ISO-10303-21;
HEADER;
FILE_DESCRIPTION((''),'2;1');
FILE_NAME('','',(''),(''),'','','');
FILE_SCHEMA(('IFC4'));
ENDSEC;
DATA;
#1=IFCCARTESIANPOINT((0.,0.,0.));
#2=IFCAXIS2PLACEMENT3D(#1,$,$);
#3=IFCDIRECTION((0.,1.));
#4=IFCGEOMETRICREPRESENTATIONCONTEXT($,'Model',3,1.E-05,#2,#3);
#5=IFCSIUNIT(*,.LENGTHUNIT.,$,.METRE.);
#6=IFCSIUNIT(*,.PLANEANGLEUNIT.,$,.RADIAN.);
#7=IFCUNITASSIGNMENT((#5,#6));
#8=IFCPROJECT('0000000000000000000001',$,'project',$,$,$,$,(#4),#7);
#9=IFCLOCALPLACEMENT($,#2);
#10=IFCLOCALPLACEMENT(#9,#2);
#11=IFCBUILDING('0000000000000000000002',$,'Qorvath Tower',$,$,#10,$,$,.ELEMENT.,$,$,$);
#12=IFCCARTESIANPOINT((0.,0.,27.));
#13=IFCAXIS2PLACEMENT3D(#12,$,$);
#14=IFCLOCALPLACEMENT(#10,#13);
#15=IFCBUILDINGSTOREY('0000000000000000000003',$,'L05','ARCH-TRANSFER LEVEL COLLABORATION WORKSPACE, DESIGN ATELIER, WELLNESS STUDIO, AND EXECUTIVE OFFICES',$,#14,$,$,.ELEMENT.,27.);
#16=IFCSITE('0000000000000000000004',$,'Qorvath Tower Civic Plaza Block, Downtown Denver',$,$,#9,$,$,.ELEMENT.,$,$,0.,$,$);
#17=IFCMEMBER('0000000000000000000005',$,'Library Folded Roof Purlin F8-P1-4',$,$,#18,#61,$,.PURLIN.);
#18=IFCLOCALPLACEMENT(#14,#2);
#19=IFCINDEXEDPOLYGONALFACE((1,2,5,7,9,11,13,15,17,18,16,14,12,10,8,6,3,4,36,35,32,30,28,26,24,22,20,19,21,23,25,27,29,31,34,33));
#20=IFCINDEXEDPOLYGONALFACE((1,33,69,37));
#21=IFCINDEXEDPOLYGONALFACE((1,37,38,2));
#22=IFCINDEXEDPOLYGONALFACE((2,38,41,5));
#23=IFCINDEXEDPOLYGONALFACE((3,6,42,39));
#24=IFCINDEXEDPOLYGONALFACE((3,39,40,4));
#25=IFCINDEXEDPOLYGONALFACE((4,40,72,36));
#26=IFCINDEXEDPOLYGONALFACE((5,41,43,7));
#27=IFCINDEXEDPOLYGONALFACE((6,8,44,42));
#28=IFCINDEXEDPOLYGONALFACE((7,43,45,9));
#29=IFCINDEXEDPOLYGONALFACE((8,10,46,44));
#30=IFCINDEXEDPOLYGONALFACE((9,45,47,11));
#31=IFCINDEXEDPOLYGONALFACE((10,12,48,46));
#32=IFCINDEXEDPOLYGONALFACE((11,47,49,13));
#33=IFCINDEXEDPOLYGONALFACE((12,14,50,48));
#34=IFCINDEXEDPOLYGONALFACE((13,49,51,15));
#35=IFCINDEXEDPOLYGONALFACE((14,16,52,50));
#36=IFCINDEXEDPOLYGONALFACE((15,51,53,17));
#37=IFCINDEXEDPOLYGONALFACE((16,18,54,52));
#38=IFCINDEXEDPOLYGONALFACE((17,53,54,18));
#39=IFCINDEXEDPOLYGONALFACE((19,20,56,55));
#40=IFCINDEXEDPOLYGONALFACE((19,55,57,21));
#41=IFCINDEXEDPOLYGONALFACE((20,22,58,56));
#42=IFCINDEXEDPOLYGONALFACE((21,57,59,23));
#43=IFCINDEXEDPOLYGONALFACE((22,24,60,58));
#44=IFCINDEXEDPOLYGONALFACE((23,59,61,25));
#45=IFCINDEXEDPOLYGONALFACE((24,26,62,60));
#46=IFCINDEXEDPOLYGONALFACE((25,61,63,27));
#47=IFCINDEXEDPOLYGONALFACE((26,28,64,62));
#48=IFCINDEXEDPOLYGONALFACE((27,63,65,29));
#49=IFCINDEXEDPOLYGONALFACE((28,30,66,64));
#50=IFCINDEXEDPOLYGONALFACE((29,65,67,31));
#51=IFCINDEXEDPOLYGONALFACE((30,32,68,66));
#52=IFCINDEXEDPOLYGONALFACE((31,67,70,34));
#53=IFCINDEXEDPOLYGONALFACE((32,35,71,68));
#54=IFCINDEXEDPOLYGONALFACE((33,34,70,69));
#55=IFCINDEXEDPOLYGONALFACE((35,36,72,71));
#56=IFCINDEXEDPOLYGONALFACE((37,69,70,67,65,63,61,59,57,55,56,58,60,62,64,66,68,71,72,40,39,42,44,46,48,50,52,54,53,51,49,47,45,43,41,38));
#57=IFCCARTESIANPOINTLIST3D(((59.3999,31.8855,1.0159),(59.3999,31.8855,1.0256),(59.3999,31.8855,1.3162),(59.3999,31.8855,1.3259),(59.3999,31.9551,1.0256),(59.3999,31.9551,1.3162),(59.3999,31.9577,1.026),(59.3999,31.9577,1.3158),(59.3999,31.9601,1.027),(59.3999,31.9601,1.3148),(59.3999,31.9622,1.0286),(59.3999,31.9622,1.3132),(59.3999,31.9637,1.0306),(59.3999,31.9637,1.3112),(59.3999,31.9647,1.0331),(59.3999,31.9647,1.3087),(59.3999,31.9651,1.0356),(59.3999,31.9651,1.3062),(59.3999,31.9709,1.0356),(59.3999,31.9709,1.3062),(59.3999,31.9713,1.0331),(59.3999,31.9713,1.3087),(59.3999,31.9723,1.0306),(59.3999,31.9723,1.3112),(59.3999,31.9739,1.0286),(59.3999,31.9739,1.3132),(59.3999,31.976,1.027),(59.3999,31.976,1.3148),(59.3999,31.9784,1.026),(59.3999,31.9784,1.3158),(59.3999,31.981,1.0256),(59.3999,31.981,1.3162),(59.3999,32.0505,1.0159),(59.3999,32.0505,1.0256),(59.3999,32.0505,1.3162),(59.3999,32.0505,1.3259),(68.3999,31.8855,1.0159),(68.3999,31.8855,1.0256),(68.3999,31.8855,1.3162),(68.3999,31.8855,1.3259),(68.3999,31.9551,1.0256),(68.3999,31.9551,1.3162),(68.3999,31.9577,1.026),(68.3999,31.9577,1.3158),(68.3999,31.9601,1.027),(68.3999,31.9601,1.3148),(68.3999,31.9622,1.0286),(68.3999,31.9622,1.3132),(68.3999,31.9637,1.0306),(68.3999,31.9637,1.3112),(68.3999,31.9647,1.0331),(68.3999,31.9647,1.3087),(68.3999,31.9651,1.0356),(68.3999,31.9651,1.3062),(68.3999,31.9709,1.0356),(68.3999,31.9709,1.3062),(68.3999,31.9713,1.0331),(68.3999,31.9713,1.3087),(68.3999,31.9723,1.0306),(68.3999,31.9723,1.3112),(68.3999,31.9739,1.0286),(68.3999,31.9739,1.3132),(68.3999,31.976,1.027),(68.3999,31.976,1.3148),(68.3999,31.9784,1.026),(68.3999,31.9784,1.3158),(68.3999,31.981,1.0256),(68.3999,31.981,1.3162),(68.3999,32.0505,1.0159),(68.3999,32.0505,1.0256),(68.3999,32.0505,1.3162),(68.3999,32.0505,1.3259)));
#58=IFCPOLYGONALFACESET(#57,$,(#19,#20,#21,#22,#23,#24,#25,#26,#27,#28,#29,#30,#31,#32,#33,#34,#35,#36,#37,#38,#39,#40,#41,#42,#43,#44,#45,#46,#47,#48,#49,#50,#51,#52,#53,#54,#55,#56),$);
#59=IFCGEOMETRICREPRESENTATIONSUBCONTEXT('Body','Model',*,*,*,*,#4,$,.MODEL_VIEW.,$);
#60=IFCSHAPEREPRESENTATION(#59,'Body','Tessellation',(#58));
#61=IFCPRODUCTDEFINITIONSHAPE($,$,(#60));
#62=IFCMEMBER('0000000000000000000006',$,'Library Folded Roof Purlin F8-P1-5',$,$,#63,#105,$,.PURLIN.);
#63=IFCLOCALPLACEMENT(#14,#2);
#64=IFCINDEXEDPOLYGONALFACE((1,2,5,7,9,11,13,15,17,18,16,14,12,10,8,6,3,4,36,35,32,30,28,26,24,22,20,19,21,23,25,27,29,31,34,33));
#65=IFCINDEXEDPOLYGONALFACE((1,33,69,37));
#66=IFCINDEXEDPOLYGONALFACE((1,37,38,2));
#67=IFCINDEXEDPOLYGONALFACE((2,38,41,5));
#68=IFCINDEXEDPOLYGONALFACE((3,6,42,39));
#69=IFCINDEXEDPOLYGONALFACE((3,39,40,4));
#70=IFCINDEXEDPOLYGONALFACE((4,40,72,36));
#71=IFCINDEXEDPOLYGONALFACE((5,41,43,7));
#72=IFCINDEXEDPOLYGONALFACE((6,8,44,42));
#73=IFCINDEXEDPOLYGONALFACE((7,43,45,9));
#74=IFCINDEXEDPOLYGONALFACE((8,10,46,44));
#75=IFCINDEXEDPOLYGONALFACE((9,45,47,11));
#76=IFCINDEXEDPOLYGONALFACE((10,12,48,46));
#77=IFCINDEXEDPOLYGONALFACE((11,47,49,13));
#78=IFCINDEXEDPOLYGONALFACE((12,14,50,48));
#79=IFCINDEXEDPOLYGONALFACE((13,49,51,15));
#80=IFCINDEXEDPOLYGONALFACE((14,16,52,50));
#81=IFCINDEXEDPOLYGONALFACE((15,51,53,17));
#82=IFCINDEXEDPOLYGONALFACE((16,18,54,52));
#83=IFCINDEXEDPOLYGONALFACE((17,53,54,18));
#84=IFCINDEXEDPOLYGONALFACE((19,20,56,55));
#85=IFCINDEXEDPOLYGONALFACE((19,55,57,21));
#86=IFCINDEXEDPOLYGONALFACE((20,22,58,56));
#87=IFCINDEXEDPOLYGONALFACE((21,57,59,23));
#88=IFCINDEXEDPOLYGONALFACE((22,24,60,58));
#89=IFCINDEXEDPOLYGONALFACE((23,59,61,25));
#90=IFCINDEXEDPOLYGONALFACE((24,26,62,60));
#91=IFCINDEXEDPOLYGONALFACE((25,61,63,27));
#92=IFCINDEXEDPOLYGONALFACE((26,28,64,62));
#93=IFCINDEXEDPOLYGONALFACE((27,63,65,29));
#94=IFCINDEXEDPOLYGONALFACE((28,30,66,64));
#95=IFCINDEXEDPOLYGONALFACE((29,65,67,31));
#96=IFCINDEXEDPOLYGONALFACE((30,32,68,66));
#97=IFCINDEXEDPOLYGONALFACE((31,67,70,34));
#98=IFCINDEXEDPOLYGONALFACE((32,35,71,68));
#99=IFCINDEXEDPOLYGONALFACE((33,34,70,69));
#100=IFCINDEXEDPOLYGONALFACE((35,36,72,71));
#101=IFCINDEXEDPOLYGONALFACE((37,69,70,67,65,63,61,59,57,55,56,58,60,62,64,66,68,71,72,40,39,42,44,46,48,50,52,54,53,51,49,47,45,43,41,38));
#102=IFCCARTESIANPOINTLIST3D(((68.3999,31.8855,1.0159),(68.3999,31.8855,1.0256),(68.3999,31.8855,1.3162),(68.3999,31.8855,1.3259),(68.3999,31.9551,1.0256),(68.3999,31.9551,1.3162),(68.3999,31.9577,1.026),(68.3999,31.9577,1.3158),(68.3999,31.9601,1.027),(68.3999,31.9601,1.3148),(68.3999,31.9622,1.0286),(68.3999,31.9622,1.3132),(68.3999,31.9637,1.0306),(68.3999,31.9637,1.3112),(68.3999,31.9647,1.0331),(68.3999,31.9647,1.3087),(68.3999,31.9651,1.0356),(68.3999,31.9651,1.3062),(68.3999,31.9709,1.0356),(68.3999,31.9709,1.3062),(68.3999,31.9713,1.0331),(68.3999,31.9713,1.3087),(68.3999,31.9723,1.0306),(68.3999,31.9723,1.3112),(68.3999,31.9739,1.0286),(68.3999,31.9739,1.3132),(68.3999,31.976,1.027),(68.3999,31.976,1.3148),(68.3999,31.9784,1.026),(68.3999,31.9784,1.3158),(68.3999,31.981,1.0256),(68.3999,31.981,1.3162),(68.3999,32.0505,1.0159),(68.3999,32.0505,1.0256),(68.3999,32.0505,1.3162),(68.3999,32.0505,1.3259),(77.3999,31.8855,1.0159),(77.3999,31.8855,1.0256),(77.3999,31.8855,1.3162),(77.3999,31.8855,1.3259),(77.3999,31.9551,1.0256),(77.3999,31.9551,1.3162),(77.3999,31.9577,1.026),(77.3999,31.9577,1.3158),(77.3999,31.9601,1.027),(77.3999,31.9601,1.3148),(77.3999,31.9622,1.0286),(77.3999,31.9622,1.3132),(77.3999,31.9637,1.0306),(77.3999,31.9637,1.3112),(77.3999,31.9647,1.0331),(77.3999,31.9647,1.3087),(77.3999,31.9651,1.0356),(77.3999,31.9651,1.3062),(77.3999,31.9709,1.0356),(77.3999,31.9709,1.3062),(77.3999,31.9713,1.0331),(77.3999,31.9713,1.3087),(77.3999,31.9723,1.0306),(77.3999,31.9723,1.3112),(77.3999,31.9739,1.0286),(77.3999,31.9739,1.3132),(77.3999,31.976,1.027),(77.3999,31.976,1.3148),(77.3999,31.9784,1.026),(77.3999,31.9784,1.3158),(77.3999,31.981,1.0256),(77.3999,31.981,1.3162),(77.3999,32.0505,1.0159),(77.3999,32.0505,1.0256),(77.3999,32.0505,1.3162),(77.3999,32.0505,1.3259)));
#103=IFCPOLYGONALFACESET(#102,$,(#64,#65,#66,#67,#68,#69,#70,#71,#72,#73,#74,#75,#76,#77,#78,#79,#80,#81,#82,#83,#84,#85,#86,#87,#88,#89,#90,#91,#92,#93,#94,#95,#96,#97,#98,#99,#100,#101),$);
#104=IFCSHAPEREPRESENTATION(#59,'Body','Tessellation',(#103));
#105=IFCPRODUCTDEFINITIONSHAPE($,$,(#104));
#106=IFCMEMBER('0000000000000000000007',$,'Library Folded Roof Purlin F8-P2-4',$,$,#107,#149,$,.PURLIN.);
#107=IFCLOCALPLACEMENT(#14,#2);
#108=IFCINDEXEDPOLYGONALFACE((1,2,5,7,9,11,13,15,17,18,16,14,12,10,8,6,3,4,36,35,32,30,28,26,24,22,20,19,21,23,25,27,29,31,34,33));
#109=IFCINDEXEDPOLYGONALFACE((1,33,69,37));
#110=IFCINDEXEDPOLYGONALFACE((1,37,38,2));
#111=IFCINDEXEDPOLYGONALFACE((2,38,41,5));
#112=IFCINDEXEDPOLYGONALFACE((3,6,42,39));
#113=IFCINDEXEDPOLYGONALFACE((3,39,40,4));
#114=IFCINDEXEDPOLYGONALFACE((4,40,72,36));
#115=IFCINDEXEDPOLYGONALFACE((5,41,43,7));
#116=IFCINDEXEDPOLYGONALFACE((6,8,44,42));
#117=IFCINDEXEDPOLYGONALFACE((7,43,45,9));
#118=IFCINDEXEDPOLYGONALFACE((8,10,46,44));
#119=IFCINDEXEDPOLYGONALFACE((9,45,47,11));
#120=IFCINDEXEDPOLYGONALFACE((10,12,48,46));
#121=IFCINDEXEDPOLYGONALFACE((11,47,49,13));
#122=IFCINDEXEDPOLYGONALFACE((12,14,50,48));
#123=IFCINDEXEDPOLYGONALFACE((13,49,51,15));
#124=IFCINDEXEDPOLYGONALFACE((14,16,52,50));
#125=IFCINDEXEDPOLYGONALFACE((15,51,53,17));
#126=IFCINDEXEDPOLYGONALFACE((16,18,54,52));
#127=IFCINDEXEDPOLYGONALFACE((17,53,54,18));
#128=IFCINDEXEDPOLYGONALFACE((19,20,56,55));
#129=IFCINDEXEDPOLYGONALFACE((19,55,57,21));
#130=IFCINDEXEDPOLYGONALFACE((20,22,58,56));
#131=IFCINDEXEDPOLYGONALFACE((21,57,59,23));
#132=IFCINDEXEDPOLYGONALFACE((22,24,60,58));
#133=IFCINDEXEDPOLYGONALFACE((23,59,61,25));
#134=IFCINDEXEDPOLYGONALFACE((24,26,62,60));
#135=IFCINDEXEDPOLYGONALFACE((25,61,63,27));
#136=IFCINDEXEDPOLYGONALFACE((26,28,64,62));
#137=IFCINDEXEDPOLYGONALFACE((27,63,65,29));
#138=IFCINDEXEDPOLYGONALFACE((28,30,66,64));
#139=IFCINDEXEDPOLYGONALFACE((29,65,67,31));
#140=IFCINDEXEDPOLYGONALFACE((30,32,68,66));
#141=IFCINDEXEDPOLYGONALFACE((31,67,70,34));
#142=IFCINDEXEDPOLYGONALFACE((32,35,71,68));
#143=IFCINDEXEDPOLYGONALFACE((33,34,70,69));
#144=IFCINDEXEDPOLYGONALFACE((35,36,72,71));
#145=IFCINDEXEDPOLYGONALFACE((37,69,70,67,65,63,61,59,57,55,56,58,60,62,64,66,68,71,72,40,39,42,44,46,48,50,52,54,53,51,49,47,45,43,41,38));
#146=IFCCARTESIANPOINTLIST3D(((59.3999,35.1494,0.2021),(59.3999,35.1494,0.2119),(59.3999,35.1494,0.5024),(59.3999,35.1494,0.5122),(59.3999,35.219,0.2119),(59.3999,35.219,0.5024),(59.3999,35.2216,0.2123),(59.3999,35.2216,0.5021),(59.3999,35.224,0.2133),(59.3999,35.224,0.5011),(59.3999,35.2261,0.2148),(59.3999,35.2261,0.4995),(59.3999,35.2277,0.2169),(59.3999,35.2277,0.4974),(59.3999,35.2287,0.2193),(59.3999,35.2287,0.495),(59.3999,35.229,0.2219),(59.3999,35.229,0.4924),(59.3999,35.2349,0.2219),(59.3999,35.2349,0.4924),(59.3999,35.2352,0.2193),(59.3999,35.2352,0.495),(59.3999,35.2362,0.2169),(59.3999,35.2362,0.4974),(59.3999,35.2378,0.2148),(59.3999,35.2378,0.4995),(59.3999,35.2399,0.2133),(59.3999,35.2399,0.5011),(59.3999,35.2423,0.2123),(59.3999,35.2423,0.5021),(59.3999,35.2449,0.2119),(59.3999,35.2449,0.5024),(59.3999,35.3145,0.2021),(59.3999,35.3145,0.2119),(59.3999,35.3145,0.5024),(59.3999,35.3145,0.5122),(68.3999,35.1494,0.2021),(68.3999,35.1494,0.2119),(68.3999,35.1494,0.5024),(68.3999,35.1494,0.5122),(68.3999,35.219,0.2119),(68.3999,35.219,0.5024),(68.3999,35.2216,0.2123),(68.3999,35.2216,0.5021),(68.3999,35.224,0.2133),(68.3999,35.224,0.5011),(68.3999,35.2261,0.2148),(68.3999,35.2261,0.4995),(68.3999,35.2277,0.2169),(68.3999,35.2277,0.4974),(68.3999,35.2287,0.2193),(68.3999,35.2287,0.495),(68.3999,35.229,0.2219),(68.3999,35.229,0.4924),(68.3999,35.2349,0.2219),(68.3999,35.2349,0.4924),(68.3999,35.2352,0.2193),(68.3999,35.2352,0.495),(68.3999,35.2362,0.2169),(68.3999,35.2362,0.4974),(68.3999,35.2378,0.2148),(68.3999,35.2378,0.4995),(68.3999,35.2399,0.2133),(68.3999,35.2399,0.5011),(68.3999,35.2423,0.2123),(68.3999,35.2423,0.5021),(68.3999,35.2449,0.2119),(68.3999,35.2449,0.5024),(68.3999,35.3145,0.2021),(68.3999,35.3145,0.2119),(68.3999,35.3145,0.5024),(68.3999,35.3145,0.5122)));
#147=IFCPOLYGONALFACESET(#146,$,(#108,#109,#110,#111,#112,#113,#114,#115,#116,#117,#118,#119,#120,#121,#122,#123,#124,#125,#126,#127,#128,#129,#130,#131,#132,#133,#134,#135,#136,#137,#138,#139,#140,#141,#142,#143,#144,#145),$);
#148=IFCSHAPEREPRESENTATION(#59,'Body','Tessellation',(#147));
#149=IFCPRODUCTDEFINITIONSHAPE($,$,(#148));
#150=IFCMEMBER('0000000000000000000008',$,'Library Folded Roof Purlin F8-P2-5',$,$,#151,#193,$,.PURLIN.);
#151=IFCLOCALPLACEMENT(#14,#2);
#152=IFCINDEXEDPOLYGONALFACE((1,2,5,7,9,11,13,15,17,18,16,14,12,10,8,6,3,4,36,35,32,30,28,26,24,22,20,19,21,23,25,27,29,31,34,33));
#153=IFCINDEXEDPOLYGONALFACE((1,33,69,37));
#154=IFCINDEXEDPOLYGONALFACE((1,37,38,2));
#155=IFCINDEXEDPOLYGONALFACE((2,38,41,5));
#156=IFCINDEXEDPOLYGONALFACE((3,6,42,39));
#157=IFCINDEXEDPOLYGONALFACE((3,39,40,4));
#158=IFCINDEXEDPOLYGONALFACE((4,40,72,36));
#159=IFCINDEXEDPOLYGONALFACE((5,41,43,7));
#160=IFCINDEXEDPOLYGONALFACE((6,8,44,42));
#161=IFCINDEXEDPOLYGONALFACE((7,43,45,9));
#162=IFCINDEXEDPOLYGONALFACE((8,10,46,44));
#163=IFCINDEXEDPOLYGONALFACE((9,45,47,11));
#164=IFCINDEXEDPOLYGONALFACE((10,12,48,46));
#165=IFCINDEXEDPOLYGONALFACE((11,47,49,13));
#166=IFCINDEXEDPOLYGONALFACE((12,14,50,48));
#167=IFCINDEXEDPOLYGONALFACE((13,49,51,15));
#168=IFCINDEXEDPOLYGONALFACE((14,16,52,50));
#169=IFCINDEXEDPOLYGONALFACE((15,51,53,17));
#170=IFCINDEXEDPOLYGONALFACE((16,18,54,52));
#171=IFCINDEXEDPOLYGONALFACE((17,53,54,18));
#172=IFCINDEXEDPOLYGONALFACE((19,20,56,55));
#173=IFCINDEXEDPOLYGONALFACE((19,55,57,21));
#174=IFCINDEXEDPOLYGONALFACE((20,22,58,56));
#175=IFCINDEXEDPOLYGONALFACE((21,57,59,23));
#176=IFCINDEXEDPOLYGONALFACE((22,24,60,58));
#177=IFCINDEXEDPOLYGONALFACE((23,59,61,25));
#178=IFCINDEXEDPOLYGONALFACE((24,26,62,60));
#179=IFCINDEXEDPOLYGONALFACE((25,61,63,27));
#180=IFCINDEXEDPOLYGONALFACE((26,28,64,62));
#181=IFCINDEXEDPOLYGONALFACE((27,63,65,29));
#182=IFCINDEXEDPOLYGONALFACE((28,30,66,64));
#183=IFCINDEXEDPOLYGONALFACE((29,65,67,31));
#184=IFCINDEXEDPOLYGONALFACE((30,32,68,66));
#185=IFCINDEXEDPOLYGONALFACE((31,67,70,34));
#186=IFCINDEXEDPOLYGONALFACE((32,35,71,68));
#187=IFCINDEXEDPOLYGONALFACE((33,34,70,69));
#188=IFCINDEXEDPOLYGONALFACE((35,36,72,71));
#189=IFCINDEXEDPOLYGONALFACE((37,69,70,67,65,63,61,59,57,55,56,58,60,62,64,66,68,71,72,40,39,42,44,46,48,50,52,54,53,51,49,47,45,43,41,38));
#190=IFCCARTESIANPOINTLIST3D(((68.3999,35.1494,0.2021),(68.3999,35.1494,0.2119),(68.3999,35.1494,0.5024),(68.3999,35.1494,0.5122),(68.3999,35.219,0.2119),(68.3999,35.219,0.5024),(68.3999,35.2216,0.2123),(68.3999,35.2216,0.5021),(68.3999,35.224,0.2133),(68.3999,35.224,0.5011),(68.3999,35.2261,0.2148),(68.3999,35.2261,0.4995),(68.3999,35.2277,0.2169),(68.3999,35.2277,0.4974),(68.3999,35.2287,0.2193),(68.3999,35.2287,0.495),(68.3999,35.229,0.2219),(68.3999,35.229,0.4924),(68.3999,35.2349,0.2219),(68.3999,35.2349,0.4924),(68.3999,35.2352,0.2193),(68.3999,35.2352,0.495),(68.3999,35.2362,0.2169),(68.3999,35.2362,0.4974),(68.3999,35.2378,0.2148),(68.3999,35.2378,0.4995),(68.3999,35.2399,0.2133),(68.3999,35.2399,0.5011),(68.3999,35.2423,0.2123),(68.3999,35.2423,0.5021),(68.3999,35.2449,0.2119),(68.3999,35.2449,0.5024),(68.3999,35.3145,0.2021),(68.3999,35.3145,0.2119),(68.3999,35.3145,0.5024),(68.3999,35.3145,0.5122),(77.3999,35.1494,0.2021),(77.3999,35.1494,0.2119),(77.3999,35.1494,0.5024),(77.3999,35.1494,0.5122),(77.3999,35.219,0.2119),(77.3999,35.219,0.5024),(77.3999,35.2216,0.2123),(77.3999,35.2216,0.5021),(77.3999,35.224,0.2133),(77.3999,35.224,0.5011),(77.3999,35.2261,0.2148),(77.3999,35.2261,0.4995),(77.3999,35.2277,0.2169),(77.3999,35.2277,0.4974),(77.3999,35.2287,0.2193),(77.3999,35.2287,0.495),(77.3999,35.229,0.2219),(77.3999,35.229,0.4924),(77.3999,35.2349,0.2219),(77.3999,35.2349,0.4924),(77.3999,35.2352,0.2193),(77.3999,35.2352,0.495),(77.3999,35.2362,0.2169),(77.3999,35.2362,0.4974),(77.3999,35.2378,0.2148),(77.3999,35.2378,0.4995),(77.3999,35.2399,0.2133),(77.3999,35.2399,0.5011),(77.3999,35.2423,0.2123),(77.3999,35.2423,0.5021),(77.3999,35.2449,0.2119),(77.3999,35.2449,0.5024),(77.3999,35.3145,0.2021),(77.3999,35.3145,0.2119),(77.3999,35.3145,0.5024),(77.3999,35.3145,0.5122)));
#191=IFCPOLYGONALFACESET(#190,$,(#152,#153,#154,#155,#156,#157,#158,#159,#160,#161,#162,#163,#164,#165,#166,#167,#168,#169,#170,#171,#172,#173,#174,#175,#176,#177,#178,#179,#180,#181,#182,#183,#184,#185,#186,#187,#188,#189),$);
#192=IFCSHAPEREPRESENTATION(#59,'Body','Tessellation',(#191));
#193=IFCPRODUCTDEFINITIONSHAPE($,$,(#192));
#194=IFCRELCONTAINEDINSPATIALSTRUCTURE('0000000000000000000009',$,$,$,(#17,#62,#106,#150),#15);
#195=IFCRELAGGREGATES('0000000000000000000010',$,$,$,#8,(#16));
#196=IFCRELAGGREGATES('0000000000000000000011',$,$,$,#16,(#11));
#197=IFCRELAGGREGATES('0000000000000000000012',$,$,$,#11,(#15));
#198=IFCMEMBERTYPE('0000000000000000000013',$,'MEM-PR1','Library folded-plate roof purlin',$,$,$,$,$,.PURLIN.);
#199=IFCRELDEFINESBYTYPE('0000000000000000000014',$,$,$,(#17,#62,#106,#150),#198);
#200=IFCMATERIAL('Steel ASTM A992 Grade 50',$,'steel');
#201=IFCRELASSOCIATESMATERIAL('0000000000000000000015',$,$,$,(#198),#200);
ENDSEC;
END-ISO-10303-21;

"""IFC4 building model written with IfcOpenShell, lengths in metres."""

from ifc_helpers import new_model, si_unit, direction, frame, origin, origin_2d, place, context, subcontext, project, spatial, i_section, extrude, material, material_profile, profile_set, type_object, element, save


model = new_model("IFC4")

# Units and contexts
model_context = context("Model", 3, precision=1e-05, world=origin(), true_north=direction((0.0, 1.0)))
body_context = subcontext(model_context, "Body", "Model", "MODEL_VIEW")
ifc_project = project(units=[si_unit("LENGTHUNIT", "METRE"), si_unit("PLANEANGLEUNIT", "RADIAN")], contexts=[model_context])

# Site, building, storey
site_placement = place(None, origin())
site = spatial("IfcSite", under=ifc_project, at=site_placement, Name="Qorvath Tower Civic Plaza Block, Downtown Denver", CompositionType="ELEMENT", RefElevation=0.0)
building_placement = place(site_placement, origin())
building = spatial("IfcBuilding", under=site, at=building_placement, Name="Qorvath Tower", CompositionType="ELEMENT")
storey_placement = place(building_placement, frame((0.0, 0.0, 27.0)))
storey = spatial("IfcBuildingStorey", under=building, at=storey_placement, Name="L05", Description="ARCH-TRANSFER LEVEL COLLABORATION WORKSPACE, DESIGN ATELIER, WELLNESS STUDIO, AND EXECUTIVE OFFICES", CompositionType="ELEMENT", Elevation=27.0)

# Members
ifc_material_1 = material(Name="Steel ASTM A992 Grade 50", Category="steel")
ifc_material_profile_1 = material_profile(ifc_material_1, i_section(OverallWidth=0.165, OverallDepth=0.3101, WebThickness=0.0059, FlangeThickness=0.0098, FilletRadius=0.01, at=origin_2d()), Name="W12x26")
ifc_profile_set_1 = profile_set([ifc_material_profile_1], Name="Steel ASTM A992 Grade 50")
member_type_1 = type_object("IfcMemberType", Name="MEM-PR1", Description="Library folded-plate roof purlin", PredefinedType="PURLIN", material=ifc_profile_set_1)
for number, where, z_axis, x_axis, name in (
    (1, (59.3999, 31.968, 1.1709), (1.0, 0.0, 0.0), (0.0, 1.0, 0.0), "Library Folded Roof Purlin F8-P1-4"),
    (2, (68.3999, 31.968, 1.1709), (1.0, 0.0, 0.0), (0.0, 1.0, 0.0), "Library Folded Roof Purlin F8-P1-5"),
    (3, (59.3999, 35.2319, 0.3572), (1.0, 0.0, 0.0), (0.0, 1.0, 0.0), "Library Folded Roof Purlin F8-P2-4"),
    (4, (68.3999, 35.2319, 0.3572), (1.0, 0.0, 0.0), (0.0, 1.0, 0.0), "Library Folded Roof Purlin F8-P2-5"),
):
    element("IfcMember", number, at=place(storey_placement, frame(where, z_axis=z_axis, x_axis=x_axis)), inside=storey, type_object=member_type_1, Name=name, PredefinedType="PURLIN", context=body_context, shape_type="SweptSolid", body=[
        extrude(i_section(OverallWidth=0.165, OverallDepth=0.3101, WebThickness=0.0059, FlangeThickness=0.0098, FilletRadius=0.01, at=origin_2d()), origin(), (0.0, 0.0, 1.0), 9.0),
    ])

save(model, "model.ifc")
